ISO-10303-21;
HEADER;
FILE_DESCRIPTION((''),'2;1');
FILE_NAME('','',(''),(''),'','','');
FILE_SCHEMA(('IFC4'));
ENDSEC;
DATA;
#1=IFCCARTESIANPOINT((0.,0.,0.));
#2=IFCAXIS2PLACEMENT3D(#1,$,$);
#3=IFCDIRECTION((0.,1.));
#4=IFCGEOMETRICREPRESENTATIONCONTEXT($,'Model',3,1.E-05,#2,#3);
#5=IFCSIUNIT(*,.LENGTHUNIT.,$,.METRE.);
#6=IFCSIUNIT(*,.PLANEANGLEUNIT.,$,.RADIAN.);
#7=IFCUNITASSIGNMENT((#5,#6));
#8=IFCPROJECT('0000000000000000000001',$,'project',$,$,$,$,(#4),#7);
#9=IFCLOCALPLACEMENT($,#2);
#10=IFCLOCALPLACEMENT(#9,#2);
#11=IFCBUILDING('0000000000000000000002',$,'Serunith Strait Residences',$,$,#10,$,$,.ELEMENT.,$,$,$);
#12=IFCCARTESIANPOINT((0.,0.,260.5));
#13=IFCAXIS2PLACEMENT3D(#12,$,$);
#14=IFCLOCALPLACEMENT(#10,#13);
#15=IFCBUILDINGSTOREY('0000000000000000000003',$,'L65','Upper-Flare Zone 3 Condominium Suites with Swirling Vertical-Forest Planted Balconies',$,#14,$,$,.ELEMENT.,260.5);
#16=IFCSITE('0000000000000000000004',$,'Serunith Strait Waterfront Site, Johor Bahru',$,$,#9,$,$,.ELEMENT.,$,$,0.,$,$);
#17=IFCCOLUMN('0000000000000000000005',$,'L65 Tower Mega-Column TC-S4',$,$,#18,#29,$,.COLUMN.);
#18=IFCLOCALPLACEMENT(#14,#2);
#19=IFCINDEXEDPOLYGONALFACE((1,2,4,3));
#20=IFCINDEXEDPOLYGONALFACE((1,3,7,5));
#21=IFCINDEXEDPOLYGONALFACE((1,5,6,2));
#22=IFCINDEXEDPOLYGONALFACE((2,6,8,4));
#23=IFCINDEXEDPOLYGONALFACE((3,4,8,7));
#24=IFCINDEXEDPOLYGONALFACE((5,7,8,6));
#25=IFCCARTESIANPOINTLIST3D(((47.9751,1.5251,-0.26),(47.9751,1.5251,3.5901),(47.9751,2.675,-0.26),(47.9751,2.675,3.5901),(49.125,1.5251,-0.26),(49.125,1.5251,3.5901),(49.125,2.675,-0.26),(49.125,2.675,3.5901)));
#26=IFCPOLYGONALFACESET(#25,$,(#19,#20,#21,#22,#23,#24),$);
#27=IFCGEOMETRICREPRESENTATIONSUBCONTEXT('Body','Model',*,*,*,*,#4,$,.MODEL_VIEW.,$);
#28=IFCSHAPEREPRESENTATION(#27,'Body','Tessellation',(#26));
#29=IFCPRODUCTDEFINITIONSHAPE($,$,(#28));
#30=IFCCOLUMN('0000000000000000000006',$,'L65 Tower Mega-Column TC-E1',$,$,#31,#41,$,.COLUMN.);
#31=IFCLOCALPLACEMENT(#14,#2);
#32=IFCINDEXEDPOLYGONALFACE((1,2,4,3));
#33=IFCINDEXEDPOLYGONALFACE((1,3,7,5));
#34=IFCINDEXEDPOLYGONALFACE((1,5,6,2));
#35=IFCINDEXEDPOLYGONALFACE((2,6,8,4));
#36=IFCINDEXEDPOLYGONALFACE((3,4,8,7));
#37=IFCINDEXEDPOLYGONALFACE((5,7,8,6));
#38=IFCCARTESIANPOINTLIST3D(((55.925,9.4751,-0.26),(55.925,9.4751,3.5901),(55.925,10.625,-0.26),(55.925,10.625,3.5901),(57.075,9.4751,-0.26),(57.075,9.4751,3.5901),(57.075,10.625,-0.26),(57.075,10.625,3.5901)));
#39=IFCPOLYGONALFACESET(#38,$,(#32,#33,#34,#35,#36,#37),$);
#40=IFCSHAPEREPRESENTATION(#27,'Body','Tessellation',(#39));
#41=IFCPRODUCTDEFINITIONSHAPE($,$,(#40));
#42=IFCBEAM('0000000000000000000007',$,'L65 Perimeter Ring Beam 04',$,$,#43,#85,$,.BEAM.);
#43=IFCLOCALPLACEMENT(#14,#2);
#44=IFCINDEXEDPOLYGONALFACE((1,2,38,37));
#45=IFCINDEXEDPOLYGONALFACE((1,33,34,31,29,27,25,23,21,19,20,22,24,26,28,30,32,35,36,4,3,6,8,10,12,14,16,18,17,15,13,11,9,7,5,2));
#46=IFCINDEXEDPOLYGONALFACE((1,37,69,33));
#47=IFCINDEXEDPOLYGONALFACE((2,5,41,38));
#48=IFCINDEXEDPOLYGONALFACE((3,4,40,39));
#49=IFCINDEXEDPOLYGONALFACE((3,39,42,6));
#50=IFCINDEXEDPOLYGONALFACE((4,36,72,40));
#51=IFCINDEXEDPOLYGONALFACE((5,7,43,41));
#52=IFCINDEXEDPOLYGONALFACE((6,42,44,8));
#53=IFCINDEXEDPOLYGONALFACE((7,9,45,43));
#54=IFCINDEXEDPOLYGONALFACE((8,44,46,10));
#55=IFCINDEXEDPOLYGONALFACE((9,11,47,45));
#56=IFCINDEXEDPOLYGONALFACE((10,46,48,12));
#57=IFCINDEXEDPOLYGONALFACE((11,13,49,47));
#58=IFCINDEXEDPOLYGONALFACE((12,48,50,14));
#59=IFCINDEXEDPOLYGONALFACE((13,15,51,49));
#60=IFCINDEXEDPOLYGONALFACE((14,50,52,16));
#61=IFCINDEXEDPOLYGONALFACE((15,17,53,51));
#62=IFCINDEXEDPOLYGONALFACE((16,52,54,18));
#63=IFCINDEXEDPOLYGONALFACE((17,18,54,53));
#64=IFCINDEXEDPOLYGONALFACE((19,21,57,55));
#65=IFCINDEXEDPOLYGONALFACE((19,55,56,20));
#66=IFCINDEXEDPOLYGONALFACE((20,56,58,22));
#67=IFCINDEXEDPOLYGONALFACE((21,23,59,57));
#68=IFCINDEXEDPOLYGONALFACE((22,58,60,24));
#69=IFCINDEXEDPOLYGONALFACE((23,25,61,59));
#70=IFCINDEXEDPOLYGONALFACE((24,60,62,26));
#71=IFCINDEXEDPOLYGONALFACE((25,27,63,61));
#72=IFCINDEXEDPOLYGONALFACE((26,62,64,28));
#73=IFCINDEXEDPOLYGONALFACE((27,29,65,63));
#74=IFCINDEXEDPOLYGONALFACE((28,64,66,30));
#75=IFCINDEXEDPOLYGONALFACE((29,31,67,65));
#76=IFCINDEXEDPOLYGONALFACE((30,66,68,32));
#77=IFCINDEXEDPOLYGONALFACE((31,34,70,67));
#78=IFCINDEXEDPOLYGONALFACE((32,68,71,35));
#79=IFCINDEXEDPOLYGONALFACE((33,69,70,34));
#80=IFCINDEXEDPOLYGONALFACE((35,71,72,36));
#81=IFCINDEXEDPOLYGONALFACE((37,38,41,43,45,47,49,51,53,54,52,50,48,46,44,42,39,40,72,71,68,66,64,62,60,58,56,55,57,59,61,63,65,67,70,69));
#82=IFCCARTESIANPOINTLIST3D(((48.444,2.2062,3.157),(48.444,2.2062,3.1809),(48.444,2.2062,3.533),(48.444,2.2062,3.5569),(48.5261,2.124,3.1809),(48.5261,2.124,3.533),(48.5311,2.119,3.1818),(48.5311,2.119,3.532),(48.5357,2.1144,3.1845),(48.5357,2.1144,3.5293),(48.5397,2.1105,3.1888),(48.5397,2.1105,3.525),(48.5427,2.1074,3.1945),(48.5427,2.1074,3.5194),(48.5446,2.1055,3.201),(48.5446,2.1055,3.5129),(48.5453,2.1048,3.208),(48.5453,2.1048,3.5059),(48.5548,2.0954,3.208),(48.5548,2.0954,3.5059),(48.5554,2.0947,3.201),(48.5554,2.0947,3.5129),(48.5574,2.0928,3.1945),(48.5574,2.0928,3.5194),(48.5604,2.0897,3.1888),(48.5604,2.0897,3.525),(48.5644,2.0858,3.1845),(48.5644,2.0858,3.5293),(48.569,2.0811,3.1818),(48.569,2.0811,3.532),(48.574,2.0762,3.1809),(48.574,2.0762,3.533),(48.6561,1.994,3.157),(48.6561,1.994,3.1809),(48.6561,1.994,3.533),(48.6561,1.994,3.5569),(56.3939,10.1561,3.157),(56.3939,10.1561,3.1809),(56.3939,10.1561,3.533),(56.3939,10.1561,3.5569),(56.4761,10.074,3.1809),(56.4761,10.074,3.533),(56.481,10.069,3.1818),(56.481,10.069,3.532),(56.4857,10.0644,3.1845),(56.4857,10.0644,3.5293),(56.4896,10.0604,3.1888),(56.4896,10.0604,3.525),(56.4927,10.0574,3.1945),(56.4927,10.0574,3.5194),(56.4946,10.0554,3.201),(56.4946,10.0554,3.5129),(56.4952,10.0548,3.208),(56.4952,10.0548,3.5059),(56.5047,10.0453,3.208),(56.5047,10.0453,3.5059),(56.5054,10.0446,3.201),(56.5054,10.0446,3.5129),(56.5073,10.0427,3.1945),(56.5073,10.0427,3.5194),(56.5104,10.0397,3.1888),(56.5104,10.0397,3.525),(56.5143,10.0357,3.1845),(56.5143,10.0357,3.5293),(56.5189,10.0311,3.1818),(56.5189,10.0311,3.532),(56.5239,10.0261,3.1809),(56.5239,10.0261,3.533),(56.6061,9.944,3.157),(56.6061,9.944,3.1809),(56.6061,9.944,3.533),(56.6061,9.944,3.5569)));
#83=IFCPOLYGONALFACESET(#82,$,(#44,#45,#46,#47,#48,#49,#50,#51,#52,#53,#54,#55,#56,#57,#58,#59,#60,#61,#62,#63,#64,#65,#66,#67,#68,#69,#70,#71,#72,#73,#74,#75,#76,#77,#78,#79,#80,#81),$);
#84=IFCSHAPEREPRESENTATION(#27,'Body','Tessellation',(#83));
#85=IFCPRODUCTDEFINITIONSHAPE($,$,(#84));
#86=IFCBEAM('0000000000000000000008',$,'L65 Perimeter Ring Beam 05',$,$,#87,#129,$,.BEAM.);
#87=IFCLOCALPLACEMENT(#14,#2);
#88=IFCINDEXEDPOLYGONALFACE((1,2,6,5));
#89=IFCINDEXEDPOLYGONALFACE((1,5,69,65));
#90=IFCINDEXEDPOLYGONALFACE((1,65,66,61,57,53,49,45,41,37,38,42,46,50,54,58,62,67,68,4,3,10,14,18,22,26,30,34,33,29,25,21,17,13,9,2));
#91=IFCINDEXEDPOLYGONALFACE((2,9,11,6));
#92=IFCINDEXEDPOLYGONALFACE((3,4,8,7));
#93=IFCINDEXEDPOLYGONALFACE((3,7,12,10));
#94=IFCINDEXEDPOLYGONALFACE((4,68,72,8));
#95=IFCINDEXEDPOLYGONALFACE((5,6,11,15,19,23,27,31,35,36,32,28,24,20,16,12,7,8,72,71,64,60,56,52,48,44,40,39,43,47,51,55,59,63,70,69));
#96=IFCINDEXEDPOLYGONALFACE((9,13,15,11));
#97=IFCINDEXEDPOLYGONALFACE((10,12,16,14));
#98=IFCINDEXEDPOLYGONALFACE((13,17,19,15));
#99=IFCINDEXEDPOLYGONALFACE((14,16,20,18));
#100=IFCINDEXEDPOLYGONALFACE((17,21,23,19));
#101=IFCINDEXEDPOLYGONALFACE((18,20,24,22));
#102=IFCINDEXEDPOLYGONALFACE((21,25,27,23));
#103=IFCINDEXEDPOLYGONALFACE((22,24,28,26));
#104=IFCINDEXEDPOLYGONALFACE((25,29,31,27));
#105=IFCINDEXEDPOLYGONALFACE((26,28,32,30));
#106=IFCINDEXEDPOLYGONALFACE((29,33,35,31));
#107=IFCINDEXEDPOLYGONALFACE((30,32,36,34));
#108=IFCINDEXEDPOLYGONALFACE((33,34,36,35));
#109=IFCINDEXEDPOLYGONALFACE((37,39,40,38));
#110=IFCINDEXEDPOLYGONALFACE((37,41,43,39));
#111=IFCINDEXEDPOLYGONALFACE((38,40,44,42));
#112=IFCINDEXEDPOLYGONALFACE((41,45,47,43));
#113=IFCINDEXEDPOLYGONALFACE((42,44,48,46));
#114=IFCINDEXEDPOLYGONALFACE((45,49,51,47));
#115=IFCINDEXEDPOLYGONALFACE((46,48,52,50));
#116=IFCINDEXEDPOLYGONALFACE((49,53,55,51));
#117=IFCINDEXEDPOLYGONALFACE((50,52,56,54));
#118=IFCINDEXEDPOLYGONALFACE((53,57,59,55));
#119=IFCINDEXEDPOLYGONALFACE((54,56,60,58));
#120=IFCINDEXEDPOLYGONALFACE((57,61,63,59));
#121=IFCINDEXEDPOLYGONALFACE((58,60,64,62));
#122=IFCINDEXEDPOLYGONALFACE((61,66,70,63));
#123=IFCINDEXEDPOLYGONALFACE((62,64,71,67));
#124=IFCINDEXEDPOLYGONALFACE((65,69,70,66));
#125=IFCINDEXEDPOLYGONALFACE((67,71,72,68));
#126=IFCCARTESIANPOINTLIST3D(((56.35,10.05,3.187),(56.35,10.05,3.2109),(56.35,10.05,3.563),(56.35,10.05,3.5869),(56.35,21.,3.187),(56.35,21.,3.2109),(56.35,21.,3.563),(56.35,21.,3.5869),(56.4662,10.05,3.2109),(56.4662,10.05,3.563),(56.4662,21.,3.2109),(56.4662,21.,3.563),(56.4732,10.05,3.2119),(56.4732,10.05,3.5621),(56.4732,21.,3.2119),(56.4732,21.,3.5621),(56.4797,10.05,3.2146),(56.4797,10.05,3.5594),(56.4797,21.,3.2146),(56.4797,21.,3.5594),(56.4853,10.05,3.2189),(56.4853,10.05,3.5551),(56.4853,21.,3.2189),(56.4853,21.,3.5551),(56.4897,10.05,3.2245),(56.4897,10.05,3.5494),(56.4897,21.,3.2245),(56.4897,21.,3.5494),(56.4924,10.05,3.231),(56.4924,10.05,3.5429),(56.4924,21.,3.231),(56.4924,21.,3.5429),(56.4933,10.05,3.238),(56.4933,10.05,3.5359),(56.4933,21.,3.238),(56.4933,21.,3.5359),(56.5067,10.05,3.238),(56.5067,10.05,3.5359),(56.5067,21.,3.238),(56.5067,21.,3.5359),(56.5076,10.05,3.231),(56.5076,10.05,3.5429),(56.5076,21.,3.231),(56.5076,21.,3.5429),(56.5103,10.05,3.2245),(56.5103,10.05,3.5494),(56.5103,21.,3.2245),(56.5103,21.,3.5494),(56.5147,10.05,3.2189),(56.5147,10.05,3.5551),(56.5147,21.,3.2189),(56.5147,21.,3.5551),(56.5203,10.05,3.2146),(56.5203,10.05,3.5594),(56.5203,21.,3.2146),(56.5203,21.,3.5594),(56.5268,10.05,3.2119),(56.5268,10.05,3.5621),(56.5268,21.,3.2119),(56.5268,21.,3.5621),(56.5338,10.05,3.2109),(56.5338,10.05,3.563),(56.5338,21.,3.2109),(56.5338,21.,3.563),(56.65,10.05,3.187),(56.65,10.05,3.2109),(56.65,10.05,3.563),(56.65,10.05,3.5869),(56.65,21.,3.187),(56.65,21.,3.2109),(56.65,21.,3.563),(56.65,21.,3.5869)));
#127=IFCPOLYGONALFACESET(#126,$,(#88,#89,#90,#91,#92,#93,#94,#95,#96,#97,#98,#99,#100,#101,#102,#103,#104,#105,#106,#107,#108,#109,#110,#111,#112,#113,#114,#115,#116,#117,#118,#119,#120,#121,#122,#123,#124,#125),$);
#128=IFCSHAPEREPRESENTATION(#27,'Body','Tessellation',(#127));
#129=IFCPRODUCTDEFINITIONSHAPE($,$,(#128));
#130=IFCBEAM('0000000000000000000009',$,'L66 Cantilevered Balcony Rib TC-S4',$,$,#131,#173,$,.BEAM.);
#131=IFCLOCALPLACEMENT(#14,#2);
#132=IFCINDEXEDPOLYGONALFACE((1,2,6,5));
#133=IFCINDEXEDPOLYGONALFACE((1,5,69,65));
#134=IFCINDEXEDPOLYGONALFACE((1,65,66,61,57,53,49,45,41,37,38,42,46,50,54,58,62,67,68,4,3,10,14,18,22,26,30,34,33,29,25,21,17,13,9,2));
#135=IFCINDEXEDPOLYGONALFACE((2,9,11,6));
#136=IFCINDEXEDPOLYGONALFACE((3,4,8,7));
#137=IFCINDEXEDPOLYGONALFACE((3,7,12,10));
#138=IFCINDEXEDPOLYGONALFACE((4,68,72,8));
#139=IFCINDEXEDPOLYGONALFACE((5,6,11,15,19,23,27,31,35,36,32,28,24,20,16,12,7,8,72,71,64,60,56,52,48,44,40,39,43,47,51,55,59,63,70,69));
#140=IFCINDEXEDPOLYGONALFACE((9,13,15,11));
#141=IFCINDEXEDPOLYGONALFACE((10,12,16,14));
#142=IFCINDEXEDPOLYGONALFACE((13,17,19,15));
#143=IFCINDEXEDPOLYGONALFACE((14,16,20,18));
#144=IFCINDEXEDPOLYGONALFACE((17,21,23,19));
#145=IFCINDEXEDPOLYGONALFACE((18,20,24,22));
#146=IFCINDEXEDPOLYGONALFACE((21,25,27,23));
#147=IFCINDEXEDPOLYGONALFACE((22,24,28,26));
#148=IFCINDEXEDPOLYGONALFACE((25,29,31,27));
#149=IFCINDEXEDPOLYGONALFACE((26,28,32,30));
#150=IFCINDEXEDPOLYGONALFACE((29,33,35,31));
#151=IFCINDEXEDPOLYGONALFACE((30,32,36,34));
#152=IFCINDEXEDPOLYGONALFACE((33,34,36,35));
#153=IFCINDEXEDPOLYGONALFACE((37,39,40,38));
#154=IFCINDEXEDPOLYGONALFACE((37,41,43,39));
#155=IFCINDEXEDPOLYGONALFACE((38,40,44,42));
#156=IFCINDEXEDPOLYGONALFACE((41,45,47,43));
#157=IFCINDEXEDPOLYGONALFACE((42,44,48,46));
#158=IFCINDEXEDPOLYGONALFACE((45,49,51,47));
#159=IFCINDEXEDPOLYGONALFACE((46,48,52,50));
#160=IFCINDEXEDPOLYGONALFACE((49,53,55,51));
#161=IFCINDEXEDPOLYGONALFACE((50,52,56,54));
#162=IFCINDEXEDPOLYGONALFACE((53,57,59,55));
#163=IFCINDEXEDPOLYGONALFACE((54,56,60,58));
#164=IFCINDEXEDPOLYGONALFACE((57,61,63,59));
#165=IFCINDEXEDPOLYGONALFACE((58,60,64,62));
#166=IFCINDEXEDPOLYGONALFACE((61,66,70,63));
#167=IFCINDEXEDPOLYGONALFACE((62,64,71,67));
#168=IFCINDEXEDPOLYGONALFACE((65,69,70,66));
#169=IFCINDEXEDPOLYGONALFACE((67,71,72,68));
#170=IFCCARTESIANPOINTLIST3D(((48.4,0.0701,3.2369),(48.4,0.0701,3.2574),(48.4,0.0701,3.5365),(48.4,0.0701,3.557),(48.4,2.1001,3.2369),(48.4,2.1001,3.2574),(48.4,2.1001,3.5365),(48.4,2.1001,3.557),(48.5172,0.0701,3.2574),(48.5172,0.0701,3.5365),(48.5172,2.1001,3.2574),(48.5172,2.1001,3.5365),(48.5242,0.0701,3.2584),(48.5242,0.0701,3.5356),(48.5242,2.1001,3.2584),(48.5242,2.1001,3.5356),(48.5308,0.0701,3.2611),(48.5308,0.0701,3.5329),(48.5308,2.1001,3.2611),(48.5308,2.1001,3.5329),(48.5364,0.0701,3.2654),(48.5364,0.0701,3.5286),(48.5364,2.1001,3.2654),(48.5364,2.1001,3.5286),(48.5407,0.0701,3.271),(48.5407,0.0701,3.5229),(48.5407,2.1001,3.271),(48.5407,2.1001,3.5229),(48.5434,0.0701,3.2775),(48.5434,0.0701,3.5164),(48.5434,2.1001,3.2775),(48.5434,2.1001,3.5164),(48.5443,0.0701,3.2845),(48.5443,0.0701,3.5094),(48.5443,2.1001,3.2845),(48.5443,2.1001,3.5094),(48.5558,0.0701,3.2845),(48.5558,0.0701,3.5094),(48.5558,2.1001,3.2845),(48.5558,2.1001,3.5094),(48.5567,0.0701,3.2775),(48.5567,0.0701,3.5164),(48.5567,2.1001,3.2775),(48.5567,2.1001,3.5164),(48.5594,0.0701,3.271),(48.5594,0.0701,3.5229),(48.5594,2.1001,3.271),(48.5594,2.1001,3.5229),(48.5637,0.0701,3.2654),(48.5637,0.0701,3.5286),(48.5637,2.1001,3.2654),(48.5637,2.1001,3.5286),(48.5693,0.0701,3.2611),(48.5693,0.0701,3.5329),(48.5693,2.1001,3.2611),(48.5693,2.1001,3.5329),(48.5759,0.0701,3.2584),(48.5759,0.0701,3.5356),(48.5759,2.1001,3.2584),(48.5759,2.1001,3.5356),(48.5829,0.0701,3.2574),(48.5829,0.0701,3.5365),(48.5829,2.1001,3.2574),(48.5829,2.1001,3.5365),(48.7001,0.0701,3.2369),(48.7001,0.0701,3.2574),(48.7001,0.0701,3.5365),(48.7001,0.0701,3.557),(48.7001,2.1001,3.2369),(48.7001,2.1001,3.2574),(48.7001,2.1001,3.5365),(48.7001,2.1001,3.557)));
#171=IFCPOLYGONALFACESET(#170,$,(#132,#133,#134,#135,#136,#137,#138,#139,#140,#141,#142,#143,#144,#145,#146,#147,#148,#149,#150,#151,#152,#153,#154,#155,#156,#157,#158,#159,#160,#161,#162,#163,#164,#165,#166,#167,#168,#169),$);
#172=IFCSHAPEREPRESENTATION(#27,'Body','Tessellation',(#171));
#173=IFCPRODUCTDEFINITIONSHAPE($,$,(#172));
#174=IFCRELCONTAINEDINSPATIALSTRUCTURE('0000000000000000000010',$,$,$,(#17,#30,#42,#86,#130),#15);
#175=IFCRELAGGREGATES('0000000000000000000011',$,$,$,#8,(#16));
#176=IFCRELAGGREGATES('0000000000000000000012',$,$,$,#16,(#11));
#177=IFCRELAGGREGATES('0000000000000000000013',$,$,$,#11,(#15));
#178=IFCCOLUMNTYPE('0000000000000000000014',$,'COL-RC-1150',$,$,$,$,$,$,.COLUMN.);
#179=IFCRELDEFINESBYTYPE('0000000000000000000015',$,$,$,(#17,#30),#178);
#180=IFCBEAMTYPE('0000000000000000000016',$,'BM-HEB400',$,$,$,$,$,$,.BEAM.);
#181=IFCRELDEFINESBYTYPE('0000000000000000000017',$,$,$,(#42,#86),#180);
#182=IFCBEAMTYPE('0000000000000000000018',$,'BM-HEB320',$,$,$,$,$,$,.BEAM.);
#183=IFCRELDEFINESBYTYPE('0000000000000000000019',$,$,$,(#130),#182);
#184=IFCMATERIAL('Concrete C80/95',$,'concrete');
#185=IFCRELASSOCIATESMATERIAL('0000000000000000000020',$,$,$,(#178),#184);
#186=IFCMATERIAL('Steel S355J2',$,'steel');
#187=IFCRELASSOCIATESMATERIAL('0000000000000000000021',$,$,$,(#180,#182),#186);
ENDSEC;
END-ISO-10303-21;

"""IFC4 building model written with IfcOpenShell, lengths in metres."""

from ifc_helpers import new_model, si_unit, direction, frame, origin, origin_2d, place, context, subcontext, project, spatial, rectangle, i_section, extrude, source, transform, mapped, material, material_profile, profile_set, type_object, element, save


model = new_model("IFC4")

# Units and contexts
model_context = context("Model", 3, precision=1e-05, world=origin(), true_north=direction((0.0, 1.0)))
body_context = subcontext(model_context, "Body", "Model", "MODEL_VIEW")
ifc_project = project(units=[si_unit("LENGTHUNIT", "METRE"), si_unit("PLANEANGLEUNIT", "RADIAN")], contexts=[model_context])

# Site, building, storey
site_placement = place(None, origin())
site = spatial("IfcSite", under=ifc_project, at=site_placement, Name="Serunith Strait Waterfront Site, Johor Bahru", CompositionType="ELEMENT", RefElevation=0.0)
building_placement = place(site_placement, origin())
building = spatial("IfcBuilding", under=site, at=building_placement, Name="Serunith Strait Residences", CompositionType="ELEMENT")
storey_placement = place(building_placement, frame((0.0, 0.0, 260.5)))
storey = spatial("IfcBuildingStorey", under=building, at=storey_placement, Name="L65", Description="Upper-Flare Zone 3 Condominium Suites with Swirling Vertical-Forest Planted Balconies", CompositionType="ELEMENT", Elevation=260.5)

# Columns
ifc_material_1 = material(Name="Concrete C80/95", Category="concrete")
ifc_material_profile_1 = material_profile(ifc_material_1, rectangle(XDim=1.1499, YDim=1.1499, at=origin_2d()), Name="RC 1150x1150")
ifc_profile_set_1 = profile_set([ifc_material_profile_1], Name="Concrete C80/95")
column_type = type_object("IfcColumnType", Name="COL-RC-1150", PredefinedType="COLUMN", material=ifc_profile_set_1)
shared_shape_1 = source(origin(), body_context, "Body", "SweptSolid", [
    extrude(rectangle(XDim=1.1499, YDim=1.1499, at=origin_2d()), origin(), (0.0, 0.0, 1.0), 3.8501),
])
for number, where, z_axis, x_axis, name in (
    (1, (48.55, 2.1001, -0.26), (0.0, 0.0, 1.0), (1.0, 0.0, 0.0), "L65 Tower Mega-Column TC-S4"),
    (2, (56.5, 10.05, -0.26), (0.0, 0.0, 1.0), (1.0, 0.0, 0.0), "L65 Tower Mega-Column TC-E1"),
):
    element("IfcColumn", number, at=place(storey_placement, frame(where, z_axis=z_axis, x_axis=x_axis)), inside=storey, type_object=column_type, Name=name, PredefinedType="COLUMN", context=body_context, shape_type="MappedRepresentation", body=[
        mapped(shared_shape_1, transform((0.0, 0.0, 0.0), scale=1.0)),
    ])

# Beams
ifc_material_2 = material(Name="Steel S355J2", Category="steel")
ifc_material_profile_2 = material_profile(ifc_material_2, i_section(OverallWidth=0.3, OverallDepth=0.3999, WebThickness=0.0134, FlangeThickness=0.0239, FilletRadius=0.0271, at=origin_2d()), Name="HEB 400")
ifc_profile_set_2 = profile_set([ifc_material_profile_2], Name="Steel S355J2")
beam_type_1 = type_object("IfcBeamType", Name="BM-HEB400", PredefinedType="BEAM", material=ifc_profile_set_2)
shared_shape_2 = source(origin(), body_context, "Body", "SweptSolid", [
    extrude(i_section(OverallWidth=0.3, OverallDepth=0.3999, WebThickness=0.0134, FlangeThickness=0.0239, FilletRadius=0.0271, at=origin_2d()), origin(), (0.0, 0.0, 1.0), 11.2429),
])
beam_1_placement = place(storey_placement, frame((48.55, 2.1001, 3.3569), z_axis=(0.707107, 0.707107, 0.0), x_axis=(-0.707107, 0.707107, 0.0)))
element("IfcBeam", 3, at=beam_1_placement, inside=storey, type_object=beam_type_1, Name="L65 Perimeter Ring Beam 04", PredefinedType="BEAM", context=body_context, shape_type="MappedRepresentation", body=[
    mapped(shared_shape_2, transform((0.0, 0.0, 0.0), scale=1.0)),
])
shared_shape_3 = source(origin(), body_context, "Body", "SweptSolid", [
    extrude(i_section(OverallWidth=0.3, OverallDepth=0.3999, WebThickness=0.0134, FlangeThickness=0.0239, FilletRadius=0.0271, at=origin_2d()), origin(), (0.0, 0.0, 1.0), 10.95),
])
beam_2_placement = place(storey_placement, frame((56.5, 10.05, 3.387), z_axis=(0.0, 1.0, 0.0), x_axis=(-1.0, 0.0, 0.0)))
element("IfcBeam", 4, at=beam_2_placement, inside=storey, type_object=beam_type_1, Name="L65 Perimeter Ring Beam 05", PredefinedType="BEAM", context=body_context, shape_type="MappedRepresentation", body=[
    mapped(shared_shape_3, transform((0.0, 0.0, 0.0), scale=1.0)),
])
ifc_material_profile_3 = material_profile(ifc_material_2, i_section(OverallWidth=0.3, OverallDepth=0.3201, WebThickness=0.0115, FlangeThickness=0.0205, FilletRadius=0.0271, at=origin_2d()), Name="HEB 320")
ifc_profile_set_3 = profile_set([ifc_material_profile_3], Name="Steel S355J2")
beam_type_2 = type_object("IfcBeamType", Name="BM-HEB320", PredefinedType="BEAM", material=ifc_profile_set_3)
shared_shape_4 = source(origin(), body_context, "Body", "SweptSolid", [
    extrude(i_section(OverallWidth=0.3, OverallDepth=0.3201, WebThickness=0.0115, FlangeThickness=0.0205, FilletRadius=0.0271, at=origin_2d()), origin(), (0.0, 0.0, 1.0), 2.03),
])
beam_3_placement = place(storey_placement, frame((48.55, 2.1001, 3.397), z_axis=(0.0, -1.0, 0.0), x_axis=(1.0, 0.0, 0.0)))
element("IfcBeam", 5, at=beam_3_placement, inside=storey, type_object=beam_type_2, Name="L66 Cantilevered Balcony Rib TC-S4", PredefinedType="BEAM", context=body_context, shape_type="MappedRepresentation", body=[
    mapped(shared_shape_4, transform((0.0, 0.0, 0.0), scale=1.0)),
])

save(model, "model.ifc")
